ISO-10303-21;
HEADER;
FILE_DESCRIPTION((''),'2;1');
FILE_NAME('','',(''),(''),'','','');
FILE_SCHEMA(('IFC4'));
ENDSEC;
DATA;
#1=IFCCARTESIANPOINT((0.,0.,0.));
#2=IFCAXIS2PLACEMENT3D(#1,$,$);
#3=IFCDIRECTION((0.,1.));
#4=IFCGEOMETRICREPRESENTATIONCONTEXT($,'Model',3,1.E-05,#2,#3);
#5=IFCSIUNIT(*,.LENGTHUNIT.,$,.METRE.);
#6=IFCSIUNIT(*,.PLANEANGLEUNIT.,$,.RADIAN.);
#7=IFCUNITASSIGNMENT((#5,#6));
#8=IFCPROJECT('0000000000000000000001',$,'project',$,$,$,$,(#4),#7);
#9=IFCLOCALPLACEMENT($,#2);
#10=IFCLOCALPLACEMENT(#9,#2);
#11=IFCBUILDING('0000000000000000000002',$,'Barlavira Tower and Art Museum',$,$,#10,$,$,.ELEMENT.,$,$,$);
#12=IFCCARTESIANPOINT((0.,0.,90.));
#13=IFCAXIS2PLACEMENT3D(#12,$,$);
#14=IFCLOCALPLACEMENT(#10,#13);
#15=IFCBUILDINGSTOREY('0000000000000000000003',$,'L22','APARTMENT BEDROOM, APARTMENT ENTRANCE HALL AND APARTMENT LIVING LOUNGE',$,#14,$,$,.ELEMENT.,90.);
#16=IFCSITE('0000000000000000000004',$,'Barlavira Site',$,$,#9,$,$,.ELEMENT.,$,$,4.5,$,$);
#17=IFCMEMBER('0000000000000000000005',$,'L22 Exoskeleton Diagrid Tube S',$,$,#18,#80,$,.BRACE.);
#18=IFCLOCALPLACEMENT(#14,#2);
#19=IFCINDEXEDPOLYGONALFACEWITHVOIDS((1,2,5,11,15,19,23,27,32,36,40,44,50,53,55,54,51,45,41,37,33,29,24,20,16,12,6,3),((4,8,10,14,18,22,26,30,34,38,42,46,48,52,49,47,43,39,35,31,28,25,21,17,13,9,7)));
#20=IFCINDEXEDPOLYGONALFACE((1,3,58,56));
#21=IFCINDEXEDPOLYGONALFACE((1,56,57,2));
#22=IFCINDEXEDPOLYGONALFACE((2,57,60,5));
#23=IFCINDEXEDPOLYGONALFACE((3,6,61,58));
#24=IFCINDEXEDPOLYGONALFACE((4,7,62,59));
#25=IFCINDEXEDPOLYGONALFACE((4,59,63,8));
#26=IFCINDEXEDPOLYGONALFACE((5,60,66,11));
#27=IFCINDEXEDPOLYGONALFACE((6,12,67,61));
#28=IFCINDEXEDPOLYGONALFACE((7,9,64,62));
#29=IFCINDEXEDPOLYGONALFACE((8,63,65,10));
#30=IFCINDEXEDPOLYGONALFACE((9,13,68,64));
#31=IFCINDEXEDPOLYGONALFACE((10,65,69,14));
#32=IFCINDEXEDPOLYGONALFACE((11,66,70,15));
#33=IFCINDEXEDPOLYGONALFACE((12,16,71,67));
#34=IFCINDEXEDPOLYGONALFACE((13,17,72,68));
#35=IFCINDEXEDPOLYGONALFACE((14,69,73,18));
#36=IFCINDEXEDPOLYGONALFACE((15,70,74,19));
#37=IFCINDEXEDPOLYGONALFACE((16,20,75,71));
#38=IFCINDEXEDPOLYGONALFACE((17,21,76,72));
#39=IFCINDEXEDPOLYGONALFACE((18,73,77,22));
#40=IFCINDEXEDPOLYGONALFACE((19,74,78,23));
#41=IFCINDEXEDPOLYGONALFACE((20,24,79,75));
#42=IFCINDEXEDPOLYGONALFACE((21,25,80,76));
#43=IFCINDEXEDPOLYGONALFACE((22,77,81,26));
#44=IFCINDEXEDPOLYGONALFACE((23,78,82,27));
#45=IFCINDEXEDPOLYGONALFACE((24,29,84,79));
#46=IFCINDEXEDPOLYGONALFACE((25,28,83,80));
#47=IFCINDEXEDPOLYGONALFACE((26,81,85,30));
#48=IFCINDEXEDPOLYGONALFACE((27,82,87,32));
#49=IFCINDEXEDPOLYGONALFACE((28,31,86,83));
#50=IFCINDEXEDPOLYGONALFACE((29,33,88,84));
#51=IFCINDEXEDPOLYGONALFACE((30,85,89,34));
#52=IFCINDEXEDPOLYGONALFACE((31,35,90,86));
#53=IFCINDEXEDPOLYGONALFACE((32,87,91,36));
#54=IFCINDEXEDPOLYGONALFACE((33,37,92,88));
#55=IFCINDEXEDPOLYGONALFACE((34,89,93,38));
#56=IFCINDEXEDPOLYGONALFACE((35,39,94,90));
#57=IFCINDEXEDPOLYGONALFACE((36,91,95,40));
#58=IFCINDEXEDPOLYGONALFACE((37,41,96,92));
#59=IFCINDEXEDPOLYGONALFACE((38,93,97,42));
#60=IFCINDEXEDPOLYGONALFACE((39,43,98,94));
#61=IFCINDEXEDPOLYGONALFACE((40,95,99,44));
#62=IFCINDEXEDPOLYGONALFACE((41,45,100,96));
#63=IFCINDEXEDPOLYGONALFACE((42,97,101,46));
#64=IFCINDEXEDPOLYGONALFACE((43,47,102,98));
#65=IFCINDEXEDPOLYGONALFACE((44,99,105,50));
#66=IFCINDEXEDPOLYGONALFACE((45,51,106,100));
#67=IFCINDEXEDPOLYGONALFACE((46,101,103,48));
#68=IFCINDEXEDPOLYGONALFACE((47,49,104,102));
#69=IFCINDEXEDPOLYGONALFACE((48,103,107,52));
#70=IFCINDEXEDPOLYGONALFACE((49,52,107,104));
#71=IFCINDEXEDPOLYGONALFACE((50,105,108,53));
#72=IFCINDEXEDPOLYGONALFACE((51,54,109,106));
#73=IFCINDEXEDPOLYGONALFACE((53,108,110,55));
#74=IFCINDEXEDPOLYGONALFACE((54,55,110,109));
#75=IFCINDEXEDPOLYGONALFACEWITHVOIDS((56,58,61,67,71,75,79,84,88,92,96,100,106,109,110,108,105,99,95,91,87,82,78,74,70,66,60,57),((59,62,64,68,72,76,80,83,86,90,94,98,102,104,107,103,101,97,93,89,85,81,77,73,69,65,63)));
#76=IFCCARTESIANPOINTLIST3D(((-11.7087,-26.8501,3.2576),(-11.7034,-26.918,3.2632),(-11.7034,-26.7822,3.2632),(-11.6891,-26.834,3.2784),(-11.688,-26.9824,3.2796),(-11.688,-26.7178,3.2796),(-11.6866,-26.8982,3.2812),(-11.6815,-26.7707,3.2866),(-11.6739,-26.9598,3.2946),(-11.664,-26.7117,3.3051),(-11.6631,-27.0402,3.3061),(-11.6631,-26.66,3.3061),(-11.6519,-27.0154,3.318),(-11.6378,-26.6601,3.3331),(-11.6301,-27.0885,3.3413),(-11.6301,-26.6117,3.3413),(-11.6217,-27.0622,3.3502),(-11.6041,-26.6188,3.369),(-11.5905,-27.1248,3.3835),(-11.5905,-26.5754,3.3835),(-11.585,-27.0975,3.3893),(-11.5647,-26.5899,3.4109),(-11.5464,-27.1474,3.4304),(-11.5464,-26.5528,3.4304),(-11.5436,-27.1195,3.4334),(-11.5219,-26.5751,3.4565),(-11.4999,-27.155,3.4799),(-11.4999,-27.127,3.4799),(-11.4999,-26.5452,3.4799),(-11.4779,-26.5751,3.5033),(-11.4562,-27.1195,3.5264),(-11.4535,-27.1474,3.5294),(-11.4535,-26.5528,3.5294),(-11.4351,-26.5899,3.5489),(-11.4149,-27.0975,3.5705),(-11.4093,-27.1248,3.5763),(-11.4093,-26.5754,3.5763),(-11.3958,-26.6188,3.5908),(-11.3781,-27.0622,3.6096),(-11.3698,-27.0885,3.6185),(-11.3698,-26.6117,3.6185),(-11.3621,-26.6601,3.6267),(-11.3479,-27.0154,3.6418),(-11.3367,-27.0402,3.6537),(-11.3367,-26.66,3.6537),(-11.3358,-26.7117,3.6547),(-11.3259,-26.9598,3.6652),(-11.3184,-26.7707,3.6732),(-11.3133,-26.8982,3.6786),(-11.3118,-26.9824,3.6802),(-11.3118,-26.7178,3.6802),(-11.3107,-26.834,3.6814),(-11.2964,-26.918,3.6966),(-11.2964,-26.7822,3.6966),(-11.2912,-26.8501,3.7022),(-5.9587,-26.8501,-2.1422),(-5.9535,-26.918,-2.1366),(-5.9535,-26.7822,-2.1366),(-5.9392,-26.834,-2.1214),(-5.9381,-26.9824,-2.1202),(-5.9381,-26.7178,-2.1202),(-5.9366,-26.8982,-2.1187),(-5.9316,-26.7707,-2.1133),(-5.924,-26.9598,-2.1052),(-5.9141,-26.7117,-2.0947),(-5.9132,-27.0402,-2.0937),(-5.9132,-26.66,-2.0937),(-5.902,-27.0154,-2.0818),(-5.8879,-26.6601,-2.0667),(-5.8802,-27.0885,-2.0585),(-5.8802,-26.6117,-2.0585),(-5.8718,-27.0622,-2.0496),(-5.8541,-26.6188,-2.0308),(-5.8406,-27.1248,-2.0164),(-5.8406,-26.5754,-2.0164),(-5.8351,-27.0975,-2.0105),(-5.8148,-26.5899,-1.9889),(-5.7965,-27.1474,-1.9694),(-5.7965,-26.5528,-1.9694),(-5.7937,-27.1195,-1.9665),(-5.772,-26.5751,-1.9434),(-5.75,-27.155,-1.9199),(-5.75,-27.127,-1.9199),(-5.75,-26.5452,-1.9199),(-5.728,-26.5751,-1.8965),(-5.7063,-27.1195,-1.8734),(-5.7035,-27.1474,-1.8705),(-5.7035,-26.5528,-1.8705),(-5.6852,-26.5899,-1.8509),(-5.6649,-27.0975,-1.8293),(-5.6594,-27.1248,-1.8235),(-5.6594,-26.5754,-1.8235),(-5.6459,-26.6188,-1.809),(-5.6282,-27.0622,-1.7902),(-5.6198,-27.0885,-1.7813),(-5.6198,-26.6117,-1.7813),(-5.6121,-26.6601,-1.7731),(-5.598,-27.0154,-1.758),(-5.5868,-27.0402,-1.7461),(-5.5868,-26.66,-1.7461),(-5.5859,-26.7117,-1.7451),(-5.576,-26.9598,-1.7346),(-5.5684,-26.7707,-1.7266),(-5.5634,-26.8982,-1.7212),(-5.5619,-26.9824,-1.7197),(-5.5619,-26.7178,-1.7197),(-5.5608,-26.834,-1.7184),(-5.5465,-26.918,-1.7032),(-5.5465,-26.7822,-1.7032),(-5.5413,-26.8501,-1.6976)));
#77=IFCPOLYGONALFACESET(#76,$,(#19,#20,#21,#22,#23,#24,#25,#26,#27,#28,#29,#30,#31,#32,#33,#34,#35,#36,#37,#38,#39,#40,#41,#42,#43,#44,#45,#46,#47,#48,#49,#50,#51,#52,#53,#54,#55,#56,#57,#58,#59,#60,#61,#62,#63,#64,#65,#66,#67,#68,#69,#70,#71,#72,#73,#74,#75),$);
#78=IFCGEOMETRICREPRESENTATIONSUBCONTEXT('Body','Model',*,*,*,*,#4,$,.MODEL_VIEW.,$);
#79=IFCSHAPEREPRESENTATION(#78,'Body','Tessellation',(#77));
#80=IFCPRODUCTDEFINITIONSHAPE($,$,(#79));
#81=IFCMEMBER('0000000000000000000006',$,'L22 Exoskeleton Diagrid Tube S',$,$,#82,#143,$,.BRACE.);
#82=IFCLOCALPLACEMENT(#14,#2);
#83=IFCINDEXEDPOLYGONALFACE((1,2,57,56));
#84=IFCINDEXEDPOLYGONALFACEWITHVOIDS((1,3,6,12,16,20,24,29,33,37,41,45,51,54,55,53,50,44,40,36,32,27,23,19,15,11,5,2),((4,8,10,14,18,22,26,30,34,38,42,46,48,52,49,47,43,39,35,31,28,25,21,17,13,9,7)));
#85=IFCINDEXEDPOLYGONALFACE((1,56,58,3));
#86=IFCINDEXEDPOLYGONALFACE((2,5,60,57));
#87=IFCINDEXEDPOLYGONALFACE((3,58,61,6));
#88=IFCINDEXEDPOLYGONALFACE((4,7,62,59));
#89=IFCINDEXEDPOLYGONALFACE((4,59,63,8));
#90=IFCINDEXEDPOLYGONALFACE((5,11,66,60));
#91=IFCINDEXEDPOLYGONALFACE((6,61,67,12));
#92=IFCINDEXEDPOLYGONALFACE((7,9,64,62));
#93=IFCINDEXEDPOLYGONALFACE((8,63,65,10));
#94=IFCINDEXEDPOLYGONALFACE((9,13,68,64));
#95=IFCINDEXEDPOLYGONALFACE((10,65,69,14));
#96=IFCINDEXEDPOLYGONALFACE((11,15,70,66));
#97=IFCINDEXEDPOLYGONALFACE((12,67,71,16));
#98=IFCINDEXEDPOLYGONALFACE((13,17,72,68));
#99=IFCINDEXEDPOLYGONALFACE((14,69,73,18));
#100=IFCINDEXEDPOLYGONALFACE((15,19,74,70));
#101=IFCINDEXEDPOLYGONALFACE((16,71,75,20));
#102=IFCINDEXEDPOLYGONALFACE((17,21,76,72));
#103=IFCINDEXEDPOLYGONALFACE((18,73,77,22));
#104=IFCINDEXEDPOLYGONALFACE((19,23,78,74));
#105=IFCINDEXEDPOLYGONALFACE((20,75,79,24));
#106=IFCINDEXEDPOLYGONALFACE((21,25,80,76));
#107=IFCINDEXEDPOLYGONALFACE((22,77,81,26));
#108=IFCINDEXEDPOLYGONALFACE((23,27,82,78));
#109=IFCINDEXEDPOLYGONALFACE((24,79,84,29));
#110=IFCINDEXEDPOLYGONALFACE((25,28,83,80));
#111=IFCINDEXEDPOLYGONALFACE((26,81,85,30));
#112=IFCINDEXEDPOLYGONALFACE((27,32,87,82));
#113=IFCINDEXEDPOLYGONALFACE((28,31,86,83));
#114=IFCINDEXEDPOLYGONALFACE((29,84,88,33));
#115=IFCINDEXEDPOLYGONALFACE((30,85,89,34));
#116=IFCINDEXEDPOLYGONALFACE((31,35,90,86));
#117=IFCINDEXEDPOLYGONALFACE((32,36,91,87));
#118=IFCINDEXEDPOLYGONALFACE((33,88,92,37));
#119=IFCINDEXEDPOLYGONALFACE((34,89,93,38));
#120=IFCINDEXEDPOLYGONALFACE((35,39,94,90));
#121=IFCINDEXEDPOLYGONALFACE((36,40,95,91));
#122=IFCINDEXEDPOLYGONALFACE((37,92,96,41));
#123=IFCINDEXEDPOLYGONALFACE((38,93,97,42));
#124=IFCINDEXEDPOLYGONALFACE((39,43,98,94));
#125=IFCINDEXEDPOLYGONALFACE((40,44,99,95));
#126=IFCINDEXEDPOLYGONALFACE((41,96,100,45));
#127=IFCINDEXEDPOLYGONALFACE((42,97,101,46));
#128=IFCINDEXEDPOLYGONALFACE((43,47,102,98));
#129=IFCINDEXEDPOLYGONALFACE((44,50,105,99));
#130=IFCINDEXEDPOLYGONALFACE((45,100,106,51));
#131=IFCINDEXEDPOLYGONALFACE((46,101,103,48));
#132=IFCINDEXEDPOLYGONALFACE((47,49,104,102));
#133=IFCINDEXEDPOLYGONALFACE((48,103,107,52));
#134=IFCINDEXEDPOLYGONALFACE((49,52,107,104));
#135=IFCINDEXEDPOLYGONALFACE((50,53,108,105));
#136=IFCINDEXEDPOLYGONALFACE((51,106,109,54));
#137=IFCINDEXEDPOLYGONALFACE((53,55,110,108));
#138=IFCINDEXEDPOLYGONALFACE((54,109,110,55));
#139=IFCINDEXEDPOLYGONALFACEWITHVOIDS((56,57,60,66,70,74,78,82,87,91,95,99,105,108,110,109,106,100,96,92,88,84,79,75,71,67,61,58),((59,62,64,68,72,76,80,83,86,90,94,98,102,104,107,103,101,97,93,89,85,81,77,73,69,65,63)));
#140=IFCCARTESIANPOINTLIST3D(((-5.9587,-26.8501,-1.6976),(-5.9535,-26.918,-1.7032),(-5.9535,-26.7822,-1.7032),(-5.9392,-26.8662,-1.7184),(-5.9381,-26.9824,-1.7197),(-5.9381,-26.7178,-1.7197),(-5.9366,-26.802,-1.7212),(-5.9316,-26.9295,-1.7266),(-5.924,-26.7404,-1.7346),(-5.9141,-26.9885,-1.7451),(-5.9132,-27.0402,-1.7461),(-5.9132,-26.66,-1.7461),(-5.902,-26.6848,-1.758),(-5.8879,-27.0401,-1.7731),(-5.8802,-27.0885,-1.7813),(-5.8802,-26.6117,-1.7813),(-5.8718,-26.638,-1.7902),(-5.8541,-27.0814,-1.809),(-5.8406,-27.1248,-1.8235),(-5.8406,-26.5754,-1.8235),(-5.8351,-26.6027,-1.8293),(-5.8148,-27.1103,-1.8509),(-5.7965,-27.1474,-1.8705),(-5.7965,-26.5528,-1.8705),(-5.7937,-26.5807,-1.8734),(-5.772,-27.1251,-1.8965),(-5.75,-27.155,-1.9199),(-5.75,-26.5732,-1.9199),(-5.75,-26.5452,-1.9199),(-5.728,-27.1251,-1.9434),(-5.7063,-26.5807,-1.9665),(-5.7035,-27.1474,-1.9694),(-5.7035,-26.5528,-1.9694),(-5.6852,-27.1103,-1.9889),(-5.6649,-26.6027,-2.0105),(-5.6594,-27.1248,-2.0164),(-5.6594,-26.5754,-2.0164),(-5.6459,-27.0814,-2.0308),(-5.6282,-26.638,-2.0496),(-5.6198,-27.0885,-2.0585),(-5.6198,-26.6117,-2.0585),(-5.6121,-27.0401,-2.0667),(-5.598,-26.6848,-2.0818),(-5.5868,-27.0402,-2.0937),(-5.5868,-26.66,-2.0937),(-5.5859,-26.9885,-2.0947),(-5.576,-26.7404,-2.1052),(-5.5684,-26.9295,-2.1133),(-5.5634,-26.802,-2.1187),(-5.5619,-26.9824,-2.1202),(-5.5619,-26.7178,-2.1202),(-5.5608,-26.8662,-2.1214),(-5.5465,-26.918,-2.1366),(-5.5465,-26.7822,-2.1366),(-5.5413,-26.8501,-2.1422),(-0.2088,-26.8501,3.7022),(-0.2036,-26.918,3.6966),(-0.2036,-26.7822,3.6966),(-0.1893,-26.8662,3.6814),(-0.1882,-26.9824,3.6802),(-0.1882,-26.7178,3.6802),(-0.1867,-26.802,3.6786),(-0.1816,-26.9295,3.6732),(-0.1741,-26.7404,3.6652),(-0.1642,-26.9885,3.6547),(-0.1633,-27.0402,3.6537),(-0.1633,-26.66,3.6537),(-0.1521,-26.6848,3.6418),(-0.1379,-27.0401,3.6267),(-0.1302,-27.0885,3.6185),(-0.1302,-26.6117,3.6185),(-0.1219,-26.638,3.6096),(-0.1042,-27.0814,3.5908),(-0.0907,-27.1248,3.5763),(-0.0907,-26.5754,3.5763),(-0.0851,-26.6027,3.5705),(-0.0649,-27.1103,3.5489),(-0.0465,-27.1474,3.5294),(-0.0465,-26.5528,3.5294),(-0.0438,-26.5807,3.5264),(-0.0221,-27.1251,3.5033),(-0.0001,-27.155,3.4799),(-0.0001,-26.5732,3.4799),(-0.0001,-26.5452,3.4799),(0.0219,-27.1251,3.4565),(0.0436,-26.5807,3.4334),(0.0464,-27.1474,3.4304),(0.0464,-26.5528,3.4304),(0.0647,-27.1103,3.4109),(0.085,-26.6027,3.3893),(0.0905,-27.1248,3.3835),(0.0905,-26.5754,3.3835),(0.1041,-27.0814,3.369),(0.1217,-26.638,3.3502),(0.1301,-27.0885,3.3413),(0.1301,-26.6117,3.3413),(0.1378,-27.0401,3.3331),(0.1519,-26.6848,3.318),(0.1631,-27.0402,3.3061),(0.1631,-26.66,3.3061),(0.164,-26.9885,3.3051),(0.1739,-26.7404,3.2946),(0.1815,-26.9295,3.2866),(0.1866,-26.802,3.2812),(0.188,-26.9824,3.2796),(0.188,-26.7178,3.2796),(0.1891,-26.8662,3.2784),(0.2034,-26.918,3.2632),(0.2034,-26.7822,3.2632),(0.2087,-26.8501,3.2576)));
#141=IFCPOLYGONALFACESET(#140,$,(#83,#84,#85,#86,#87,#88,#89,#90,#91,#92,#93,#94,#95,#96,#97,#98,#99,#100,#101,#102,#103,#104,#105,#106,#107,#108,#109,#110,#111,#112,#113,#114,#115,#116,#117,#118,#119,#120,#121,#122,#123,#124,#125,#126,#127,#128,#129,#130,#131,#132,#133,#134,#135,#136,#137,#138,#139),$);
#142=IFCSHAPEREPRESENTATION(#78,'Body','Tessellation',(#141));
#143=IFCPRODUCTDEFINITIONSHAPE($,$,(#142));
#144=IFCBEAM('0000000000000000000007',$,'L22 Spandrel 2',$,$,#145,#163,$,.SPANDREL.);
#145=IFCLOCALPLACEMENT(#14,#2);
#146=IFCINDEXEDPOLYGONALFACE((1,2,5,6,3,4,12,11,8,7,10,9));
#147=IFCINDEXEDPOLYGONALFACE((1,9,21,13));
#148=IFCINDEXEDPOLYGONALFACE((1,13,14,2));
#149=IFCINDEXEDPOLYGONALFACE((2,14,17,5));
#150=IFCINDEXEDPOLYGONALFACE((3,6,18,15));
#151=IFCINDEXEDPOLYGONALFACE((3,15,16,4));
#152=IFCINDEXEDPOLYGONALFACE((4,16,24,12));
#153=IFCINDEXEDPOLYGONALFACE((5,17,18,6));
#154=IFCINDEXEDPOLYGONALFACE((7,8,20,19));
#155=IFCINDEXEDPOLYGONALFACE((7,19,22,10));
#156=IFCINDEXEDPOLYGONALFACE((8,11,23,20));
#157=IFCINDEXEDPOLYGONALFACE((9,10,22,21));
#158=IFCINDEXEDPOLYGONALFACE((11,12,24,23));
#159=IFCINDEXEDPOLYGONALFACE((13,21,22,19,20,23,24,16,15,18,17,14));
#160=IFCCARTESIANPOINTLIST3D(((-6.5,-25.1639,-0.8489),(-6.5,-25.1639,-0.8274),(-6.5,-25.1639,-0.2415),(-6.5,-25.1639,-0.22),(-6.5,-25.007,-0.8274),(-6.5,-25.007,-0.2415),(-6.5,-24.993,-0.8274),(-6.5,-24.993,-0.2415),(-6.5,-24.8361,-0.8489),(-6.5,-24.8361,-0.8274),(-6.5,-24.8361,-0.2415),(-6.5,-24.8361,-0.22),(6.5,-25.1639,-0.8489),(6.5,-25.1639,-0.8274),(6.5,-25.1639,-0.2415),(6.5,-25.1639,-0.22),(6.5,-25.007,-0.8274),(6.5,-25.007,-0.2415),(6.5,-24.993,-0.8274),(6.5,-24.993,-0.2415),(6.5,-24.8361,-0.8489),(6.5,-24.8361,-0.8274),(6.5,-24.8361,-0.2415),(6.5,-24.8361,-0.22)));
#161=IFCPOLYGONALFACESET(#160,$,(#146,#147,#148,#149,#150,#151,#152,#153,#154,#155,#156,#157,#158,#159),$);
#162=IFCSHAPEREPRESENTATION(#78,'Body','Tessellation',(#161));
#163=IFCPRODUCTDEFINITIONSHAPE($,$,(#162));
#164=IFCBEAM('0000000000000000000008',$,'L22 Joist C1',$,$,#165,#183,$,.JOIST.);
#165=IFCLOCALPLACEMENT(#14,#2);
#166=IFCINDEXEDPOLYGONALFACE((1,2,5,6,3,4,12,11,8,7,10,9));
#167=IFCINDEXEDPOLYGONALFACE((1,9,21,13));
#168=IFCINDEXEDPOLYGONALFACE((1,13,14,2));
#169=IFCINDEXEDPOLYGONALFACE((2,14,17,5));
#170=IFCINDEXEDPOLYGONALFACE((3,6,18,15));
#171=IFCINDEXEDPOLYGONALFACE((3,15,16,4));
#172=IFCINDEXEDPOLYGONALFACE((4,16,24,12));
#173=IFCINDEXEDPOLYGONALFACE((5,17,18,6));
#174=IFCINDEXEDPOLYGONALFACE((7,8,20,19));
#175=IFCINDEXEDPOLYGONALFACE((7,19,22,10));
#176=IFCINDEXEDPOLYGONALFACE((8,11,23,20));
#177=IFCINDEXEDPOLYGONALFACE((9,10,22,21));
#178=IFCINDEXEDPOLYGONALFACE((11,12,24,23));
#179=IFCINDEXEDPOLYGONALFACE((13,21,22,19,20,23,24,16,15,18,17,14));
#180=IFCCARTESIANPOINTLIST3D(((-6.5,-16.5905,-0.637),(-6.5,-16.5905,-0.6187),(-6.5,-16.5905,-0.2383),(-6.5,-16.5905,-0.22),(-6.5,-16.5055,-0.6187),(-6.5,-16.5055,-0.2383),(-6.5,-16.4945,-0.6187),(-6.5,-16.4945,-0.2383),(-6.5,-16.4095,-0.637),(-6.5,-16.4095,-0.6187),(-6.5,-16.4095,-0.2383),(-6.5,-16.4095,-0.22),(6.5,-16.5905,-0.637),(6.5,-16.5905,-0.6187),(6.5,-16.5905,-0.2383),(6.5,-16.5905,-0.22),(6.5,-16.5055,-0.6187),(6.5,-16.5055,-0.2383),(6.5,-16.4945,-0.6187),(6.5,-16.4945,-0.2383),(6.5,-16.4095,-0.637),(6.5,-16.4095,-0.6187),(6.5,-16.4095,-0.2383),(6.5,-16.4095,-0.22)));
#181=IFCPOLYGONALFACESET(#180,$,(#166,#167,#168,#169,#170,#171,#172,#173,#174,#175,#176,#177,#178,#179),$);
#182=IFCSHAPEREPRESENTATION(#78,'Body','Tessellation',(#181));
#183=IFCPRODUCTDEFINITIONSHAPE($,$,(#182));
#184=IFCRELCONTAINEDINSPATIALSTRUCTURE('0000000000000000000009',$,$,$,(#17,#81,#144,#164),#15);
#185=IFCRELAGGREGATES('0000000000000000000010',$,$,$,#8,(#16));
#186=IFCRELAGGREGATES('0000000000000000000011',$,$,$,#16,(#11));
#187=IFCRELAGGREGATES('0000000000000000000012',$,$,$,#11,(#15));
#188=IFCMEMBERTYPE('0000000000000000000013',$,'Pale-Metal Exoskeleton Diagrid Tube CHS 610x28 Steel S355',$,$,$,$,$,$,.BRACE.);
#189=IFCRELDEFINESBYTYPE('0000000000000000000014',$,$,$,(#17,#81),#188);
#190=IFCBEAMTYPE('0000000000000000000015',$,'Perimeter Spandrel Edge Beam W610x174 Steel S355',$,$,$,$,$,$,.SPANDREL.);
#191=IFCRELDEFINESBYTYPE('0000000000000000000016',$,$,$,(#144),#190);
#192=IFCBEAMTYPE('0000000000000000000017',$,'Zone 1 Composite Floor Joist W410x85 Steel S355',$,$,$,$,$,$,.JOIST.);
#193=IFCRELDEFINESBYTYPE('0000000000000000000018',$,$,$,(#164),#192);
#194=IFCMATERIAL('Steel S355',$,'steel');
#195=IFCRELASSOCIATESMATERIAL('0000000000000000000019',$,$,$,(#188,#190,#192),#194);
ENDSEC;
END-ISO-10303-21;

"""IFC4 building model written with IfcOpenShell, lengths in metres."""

from ifc_helpers import new_model, si_unit, direction, frame, origin, origin_2d, place, context, subcontext, project, spatial, hollow_circle, i_section, extrude, material, material_profile, profile_set, type_object, element, save


model = new_model("IFC4")

# Units and contexts
model_context = context("Model", 3, precision=1e-05, world=origin(), true_north=direction((0.0, 1.0)))
body_context = subcontext(model_context, "Body", "Model", "MODEL_VIEW")
ifc_project = project(units=[si_unit("LENGTHUNIT", "METRE"), si_unit("PLANEANGLEUNIT", "RADIAN")], contexts=[model_context])

# Site, building, storey
site_placement = place(None, origin())
site = spatial("IfcSite", under=ifc_project, at=site_placement, Name="Barlavira Site", CompositionType="ELEMENT", RefElevation=4.5)
building_placement = place(site_placement, origin())
building = spatial("IfcBuilding", under=site, at=building_placement, Name="Barlavira Tower and Art Museum", CompositionType="ELEMENT")
storey_placement = place(building_placement, frame((0.0, 0.0, 90.0)))
storey = spatial("IfcBuildingStorey", under=building, at=storey_placement, Name="L22", Description="APARTMENT BEDROOM, APARTMENT ENTRANCE HALL AND APARTMENT LIVING LOUNGE", CompositionType="ELEMENT", Elevation=90.0)

# Members
ifc_material_1 = material(Name="Steel S355", Category="steel")
ifc_material_profile_1 = material_profile(ifc_material_1, hollow_circle(Radius=0.3049, WallThickness=0.0281, at=origin_2d()), Name="CHS 610.0x28.0")
ifc_profile_set_1 = profile_set([ifc_material_profile_1], Name="Steel S355")
member_type_1 = type_object("IfcMemberType", Name="Pale-Metal Exoskeleton Diagrid Tube CHS 610x28 Steel S355", PredefinedType="BRACE", material=ifc_profile_set_1)
for number, where, z_axis, x_axis, name in (
    (1, (-5.75, -26.8501, -1.9199), (-0.72895, 0.0, 0.684567), (0.0, -1.0, 0.0), "L22 Exoskeleton Diagrid Tube S"),
    (2, (-5.75, -26.8501, -1.9199), (0.72895, 0.0, 0.684567), (0.0, 1.0, 0.0), "L22 Exoskeleton Diagrid Tube S"),
):
    element("IfcMember", number, at=place(storey_placement, frame(where, z_axis=z_axis, x_axis=x_axis)), inside=storey, type_object=member_type_1, Name=name, PredefinedType="BRACE", context=body_context, shape_type="SweptSolid", body=[
        extrude(hollow_circle(Radius=0.3049, WallThickness=0.0281, at=origin_2d()), origin(), (0.0, 0.0, 1.0), 7.8879),
    ])

# Beams
ifc_material_profile_2 = material_profile(ifc_material_1, i_section(OverallWidth=0.3279, OverallDepth=0.6289, WebThickness=0.0139, FlangeThickness=0.0215, at=origin_2d()), Name="W610x174.0")
ifc_profile_set_2 = profile_set([ifc_material_profile_2], Name="Steel S355")
beam_type_1 = type_object("IfcBeamType", Name="Perimeter Spandrel Edge Beam W610x174 Steel S355", PredefinedType="SPANDREL", material=ifc_profile_set_2)
beam_1_placement = place(storey_placement, frame((-6.5, -25.0, -0.5344), z_axis=(1.0, 0.0, 0.0), x_axis=(0.0, 1.0, 0.0)))
element("IfcBeam", 3, at=beam_1_placement, inside=storey, type_object=beam_type_1, Name="L22 Spandrel 2", PredefinedType="SPANDREL", context=body_context, shape_type="SweptSolid", body=[
    extrude(i_section(OverallWidth=0.3279, OverallDepth=0.6289, WebThickness=0.0139, FlangeThickness=0.0215, at=origin_2d()), origin(), (0.0, 0.0, 1.0), 13.0),
])
ifc_material_profile_3 = material_profile(ifc_material_1, i_section(OverallWidth=0.1809, OverallDepth=0.417, WebThickness=0.011, FlangeThickness=0.0183, at=origin_2d()), Name="W410x85.0")
ifc_profile_set_3 = profile_set([ifc_material_profile_3], Name="Steel S355")
beam_type_2 = type_object("IfcBeamType", Name="Zone 1 Composite Floor Joist W410x85 Steel S355", PredefinedType="JOIST", material=ifc_profile_set_3)
beam_2_placement = place(storey_placement, frame((-6.5, -16.5, -0.4285), z_axis=(1.0, 0.0, 0.0), x_axis=(0.0, 1.0, 0.0)))
element("IfcBeam", 4, at=beam_2_placement, inside=storey, type_object=beam_type_2, Name="L22 Joist C1", PredefinedType="JOIST", context=body_context, shape_type="SweptSolid", body=[
    extrude(i_section(OverallWidth=0.1809, OverallDepth=0.417, WebThickness=0.011, FlangeThickness=0.0183, at=origin_2d()), origin(), (0.0, 0.0, 1.0), 13.0),
])

save(model, "model.ifc")
